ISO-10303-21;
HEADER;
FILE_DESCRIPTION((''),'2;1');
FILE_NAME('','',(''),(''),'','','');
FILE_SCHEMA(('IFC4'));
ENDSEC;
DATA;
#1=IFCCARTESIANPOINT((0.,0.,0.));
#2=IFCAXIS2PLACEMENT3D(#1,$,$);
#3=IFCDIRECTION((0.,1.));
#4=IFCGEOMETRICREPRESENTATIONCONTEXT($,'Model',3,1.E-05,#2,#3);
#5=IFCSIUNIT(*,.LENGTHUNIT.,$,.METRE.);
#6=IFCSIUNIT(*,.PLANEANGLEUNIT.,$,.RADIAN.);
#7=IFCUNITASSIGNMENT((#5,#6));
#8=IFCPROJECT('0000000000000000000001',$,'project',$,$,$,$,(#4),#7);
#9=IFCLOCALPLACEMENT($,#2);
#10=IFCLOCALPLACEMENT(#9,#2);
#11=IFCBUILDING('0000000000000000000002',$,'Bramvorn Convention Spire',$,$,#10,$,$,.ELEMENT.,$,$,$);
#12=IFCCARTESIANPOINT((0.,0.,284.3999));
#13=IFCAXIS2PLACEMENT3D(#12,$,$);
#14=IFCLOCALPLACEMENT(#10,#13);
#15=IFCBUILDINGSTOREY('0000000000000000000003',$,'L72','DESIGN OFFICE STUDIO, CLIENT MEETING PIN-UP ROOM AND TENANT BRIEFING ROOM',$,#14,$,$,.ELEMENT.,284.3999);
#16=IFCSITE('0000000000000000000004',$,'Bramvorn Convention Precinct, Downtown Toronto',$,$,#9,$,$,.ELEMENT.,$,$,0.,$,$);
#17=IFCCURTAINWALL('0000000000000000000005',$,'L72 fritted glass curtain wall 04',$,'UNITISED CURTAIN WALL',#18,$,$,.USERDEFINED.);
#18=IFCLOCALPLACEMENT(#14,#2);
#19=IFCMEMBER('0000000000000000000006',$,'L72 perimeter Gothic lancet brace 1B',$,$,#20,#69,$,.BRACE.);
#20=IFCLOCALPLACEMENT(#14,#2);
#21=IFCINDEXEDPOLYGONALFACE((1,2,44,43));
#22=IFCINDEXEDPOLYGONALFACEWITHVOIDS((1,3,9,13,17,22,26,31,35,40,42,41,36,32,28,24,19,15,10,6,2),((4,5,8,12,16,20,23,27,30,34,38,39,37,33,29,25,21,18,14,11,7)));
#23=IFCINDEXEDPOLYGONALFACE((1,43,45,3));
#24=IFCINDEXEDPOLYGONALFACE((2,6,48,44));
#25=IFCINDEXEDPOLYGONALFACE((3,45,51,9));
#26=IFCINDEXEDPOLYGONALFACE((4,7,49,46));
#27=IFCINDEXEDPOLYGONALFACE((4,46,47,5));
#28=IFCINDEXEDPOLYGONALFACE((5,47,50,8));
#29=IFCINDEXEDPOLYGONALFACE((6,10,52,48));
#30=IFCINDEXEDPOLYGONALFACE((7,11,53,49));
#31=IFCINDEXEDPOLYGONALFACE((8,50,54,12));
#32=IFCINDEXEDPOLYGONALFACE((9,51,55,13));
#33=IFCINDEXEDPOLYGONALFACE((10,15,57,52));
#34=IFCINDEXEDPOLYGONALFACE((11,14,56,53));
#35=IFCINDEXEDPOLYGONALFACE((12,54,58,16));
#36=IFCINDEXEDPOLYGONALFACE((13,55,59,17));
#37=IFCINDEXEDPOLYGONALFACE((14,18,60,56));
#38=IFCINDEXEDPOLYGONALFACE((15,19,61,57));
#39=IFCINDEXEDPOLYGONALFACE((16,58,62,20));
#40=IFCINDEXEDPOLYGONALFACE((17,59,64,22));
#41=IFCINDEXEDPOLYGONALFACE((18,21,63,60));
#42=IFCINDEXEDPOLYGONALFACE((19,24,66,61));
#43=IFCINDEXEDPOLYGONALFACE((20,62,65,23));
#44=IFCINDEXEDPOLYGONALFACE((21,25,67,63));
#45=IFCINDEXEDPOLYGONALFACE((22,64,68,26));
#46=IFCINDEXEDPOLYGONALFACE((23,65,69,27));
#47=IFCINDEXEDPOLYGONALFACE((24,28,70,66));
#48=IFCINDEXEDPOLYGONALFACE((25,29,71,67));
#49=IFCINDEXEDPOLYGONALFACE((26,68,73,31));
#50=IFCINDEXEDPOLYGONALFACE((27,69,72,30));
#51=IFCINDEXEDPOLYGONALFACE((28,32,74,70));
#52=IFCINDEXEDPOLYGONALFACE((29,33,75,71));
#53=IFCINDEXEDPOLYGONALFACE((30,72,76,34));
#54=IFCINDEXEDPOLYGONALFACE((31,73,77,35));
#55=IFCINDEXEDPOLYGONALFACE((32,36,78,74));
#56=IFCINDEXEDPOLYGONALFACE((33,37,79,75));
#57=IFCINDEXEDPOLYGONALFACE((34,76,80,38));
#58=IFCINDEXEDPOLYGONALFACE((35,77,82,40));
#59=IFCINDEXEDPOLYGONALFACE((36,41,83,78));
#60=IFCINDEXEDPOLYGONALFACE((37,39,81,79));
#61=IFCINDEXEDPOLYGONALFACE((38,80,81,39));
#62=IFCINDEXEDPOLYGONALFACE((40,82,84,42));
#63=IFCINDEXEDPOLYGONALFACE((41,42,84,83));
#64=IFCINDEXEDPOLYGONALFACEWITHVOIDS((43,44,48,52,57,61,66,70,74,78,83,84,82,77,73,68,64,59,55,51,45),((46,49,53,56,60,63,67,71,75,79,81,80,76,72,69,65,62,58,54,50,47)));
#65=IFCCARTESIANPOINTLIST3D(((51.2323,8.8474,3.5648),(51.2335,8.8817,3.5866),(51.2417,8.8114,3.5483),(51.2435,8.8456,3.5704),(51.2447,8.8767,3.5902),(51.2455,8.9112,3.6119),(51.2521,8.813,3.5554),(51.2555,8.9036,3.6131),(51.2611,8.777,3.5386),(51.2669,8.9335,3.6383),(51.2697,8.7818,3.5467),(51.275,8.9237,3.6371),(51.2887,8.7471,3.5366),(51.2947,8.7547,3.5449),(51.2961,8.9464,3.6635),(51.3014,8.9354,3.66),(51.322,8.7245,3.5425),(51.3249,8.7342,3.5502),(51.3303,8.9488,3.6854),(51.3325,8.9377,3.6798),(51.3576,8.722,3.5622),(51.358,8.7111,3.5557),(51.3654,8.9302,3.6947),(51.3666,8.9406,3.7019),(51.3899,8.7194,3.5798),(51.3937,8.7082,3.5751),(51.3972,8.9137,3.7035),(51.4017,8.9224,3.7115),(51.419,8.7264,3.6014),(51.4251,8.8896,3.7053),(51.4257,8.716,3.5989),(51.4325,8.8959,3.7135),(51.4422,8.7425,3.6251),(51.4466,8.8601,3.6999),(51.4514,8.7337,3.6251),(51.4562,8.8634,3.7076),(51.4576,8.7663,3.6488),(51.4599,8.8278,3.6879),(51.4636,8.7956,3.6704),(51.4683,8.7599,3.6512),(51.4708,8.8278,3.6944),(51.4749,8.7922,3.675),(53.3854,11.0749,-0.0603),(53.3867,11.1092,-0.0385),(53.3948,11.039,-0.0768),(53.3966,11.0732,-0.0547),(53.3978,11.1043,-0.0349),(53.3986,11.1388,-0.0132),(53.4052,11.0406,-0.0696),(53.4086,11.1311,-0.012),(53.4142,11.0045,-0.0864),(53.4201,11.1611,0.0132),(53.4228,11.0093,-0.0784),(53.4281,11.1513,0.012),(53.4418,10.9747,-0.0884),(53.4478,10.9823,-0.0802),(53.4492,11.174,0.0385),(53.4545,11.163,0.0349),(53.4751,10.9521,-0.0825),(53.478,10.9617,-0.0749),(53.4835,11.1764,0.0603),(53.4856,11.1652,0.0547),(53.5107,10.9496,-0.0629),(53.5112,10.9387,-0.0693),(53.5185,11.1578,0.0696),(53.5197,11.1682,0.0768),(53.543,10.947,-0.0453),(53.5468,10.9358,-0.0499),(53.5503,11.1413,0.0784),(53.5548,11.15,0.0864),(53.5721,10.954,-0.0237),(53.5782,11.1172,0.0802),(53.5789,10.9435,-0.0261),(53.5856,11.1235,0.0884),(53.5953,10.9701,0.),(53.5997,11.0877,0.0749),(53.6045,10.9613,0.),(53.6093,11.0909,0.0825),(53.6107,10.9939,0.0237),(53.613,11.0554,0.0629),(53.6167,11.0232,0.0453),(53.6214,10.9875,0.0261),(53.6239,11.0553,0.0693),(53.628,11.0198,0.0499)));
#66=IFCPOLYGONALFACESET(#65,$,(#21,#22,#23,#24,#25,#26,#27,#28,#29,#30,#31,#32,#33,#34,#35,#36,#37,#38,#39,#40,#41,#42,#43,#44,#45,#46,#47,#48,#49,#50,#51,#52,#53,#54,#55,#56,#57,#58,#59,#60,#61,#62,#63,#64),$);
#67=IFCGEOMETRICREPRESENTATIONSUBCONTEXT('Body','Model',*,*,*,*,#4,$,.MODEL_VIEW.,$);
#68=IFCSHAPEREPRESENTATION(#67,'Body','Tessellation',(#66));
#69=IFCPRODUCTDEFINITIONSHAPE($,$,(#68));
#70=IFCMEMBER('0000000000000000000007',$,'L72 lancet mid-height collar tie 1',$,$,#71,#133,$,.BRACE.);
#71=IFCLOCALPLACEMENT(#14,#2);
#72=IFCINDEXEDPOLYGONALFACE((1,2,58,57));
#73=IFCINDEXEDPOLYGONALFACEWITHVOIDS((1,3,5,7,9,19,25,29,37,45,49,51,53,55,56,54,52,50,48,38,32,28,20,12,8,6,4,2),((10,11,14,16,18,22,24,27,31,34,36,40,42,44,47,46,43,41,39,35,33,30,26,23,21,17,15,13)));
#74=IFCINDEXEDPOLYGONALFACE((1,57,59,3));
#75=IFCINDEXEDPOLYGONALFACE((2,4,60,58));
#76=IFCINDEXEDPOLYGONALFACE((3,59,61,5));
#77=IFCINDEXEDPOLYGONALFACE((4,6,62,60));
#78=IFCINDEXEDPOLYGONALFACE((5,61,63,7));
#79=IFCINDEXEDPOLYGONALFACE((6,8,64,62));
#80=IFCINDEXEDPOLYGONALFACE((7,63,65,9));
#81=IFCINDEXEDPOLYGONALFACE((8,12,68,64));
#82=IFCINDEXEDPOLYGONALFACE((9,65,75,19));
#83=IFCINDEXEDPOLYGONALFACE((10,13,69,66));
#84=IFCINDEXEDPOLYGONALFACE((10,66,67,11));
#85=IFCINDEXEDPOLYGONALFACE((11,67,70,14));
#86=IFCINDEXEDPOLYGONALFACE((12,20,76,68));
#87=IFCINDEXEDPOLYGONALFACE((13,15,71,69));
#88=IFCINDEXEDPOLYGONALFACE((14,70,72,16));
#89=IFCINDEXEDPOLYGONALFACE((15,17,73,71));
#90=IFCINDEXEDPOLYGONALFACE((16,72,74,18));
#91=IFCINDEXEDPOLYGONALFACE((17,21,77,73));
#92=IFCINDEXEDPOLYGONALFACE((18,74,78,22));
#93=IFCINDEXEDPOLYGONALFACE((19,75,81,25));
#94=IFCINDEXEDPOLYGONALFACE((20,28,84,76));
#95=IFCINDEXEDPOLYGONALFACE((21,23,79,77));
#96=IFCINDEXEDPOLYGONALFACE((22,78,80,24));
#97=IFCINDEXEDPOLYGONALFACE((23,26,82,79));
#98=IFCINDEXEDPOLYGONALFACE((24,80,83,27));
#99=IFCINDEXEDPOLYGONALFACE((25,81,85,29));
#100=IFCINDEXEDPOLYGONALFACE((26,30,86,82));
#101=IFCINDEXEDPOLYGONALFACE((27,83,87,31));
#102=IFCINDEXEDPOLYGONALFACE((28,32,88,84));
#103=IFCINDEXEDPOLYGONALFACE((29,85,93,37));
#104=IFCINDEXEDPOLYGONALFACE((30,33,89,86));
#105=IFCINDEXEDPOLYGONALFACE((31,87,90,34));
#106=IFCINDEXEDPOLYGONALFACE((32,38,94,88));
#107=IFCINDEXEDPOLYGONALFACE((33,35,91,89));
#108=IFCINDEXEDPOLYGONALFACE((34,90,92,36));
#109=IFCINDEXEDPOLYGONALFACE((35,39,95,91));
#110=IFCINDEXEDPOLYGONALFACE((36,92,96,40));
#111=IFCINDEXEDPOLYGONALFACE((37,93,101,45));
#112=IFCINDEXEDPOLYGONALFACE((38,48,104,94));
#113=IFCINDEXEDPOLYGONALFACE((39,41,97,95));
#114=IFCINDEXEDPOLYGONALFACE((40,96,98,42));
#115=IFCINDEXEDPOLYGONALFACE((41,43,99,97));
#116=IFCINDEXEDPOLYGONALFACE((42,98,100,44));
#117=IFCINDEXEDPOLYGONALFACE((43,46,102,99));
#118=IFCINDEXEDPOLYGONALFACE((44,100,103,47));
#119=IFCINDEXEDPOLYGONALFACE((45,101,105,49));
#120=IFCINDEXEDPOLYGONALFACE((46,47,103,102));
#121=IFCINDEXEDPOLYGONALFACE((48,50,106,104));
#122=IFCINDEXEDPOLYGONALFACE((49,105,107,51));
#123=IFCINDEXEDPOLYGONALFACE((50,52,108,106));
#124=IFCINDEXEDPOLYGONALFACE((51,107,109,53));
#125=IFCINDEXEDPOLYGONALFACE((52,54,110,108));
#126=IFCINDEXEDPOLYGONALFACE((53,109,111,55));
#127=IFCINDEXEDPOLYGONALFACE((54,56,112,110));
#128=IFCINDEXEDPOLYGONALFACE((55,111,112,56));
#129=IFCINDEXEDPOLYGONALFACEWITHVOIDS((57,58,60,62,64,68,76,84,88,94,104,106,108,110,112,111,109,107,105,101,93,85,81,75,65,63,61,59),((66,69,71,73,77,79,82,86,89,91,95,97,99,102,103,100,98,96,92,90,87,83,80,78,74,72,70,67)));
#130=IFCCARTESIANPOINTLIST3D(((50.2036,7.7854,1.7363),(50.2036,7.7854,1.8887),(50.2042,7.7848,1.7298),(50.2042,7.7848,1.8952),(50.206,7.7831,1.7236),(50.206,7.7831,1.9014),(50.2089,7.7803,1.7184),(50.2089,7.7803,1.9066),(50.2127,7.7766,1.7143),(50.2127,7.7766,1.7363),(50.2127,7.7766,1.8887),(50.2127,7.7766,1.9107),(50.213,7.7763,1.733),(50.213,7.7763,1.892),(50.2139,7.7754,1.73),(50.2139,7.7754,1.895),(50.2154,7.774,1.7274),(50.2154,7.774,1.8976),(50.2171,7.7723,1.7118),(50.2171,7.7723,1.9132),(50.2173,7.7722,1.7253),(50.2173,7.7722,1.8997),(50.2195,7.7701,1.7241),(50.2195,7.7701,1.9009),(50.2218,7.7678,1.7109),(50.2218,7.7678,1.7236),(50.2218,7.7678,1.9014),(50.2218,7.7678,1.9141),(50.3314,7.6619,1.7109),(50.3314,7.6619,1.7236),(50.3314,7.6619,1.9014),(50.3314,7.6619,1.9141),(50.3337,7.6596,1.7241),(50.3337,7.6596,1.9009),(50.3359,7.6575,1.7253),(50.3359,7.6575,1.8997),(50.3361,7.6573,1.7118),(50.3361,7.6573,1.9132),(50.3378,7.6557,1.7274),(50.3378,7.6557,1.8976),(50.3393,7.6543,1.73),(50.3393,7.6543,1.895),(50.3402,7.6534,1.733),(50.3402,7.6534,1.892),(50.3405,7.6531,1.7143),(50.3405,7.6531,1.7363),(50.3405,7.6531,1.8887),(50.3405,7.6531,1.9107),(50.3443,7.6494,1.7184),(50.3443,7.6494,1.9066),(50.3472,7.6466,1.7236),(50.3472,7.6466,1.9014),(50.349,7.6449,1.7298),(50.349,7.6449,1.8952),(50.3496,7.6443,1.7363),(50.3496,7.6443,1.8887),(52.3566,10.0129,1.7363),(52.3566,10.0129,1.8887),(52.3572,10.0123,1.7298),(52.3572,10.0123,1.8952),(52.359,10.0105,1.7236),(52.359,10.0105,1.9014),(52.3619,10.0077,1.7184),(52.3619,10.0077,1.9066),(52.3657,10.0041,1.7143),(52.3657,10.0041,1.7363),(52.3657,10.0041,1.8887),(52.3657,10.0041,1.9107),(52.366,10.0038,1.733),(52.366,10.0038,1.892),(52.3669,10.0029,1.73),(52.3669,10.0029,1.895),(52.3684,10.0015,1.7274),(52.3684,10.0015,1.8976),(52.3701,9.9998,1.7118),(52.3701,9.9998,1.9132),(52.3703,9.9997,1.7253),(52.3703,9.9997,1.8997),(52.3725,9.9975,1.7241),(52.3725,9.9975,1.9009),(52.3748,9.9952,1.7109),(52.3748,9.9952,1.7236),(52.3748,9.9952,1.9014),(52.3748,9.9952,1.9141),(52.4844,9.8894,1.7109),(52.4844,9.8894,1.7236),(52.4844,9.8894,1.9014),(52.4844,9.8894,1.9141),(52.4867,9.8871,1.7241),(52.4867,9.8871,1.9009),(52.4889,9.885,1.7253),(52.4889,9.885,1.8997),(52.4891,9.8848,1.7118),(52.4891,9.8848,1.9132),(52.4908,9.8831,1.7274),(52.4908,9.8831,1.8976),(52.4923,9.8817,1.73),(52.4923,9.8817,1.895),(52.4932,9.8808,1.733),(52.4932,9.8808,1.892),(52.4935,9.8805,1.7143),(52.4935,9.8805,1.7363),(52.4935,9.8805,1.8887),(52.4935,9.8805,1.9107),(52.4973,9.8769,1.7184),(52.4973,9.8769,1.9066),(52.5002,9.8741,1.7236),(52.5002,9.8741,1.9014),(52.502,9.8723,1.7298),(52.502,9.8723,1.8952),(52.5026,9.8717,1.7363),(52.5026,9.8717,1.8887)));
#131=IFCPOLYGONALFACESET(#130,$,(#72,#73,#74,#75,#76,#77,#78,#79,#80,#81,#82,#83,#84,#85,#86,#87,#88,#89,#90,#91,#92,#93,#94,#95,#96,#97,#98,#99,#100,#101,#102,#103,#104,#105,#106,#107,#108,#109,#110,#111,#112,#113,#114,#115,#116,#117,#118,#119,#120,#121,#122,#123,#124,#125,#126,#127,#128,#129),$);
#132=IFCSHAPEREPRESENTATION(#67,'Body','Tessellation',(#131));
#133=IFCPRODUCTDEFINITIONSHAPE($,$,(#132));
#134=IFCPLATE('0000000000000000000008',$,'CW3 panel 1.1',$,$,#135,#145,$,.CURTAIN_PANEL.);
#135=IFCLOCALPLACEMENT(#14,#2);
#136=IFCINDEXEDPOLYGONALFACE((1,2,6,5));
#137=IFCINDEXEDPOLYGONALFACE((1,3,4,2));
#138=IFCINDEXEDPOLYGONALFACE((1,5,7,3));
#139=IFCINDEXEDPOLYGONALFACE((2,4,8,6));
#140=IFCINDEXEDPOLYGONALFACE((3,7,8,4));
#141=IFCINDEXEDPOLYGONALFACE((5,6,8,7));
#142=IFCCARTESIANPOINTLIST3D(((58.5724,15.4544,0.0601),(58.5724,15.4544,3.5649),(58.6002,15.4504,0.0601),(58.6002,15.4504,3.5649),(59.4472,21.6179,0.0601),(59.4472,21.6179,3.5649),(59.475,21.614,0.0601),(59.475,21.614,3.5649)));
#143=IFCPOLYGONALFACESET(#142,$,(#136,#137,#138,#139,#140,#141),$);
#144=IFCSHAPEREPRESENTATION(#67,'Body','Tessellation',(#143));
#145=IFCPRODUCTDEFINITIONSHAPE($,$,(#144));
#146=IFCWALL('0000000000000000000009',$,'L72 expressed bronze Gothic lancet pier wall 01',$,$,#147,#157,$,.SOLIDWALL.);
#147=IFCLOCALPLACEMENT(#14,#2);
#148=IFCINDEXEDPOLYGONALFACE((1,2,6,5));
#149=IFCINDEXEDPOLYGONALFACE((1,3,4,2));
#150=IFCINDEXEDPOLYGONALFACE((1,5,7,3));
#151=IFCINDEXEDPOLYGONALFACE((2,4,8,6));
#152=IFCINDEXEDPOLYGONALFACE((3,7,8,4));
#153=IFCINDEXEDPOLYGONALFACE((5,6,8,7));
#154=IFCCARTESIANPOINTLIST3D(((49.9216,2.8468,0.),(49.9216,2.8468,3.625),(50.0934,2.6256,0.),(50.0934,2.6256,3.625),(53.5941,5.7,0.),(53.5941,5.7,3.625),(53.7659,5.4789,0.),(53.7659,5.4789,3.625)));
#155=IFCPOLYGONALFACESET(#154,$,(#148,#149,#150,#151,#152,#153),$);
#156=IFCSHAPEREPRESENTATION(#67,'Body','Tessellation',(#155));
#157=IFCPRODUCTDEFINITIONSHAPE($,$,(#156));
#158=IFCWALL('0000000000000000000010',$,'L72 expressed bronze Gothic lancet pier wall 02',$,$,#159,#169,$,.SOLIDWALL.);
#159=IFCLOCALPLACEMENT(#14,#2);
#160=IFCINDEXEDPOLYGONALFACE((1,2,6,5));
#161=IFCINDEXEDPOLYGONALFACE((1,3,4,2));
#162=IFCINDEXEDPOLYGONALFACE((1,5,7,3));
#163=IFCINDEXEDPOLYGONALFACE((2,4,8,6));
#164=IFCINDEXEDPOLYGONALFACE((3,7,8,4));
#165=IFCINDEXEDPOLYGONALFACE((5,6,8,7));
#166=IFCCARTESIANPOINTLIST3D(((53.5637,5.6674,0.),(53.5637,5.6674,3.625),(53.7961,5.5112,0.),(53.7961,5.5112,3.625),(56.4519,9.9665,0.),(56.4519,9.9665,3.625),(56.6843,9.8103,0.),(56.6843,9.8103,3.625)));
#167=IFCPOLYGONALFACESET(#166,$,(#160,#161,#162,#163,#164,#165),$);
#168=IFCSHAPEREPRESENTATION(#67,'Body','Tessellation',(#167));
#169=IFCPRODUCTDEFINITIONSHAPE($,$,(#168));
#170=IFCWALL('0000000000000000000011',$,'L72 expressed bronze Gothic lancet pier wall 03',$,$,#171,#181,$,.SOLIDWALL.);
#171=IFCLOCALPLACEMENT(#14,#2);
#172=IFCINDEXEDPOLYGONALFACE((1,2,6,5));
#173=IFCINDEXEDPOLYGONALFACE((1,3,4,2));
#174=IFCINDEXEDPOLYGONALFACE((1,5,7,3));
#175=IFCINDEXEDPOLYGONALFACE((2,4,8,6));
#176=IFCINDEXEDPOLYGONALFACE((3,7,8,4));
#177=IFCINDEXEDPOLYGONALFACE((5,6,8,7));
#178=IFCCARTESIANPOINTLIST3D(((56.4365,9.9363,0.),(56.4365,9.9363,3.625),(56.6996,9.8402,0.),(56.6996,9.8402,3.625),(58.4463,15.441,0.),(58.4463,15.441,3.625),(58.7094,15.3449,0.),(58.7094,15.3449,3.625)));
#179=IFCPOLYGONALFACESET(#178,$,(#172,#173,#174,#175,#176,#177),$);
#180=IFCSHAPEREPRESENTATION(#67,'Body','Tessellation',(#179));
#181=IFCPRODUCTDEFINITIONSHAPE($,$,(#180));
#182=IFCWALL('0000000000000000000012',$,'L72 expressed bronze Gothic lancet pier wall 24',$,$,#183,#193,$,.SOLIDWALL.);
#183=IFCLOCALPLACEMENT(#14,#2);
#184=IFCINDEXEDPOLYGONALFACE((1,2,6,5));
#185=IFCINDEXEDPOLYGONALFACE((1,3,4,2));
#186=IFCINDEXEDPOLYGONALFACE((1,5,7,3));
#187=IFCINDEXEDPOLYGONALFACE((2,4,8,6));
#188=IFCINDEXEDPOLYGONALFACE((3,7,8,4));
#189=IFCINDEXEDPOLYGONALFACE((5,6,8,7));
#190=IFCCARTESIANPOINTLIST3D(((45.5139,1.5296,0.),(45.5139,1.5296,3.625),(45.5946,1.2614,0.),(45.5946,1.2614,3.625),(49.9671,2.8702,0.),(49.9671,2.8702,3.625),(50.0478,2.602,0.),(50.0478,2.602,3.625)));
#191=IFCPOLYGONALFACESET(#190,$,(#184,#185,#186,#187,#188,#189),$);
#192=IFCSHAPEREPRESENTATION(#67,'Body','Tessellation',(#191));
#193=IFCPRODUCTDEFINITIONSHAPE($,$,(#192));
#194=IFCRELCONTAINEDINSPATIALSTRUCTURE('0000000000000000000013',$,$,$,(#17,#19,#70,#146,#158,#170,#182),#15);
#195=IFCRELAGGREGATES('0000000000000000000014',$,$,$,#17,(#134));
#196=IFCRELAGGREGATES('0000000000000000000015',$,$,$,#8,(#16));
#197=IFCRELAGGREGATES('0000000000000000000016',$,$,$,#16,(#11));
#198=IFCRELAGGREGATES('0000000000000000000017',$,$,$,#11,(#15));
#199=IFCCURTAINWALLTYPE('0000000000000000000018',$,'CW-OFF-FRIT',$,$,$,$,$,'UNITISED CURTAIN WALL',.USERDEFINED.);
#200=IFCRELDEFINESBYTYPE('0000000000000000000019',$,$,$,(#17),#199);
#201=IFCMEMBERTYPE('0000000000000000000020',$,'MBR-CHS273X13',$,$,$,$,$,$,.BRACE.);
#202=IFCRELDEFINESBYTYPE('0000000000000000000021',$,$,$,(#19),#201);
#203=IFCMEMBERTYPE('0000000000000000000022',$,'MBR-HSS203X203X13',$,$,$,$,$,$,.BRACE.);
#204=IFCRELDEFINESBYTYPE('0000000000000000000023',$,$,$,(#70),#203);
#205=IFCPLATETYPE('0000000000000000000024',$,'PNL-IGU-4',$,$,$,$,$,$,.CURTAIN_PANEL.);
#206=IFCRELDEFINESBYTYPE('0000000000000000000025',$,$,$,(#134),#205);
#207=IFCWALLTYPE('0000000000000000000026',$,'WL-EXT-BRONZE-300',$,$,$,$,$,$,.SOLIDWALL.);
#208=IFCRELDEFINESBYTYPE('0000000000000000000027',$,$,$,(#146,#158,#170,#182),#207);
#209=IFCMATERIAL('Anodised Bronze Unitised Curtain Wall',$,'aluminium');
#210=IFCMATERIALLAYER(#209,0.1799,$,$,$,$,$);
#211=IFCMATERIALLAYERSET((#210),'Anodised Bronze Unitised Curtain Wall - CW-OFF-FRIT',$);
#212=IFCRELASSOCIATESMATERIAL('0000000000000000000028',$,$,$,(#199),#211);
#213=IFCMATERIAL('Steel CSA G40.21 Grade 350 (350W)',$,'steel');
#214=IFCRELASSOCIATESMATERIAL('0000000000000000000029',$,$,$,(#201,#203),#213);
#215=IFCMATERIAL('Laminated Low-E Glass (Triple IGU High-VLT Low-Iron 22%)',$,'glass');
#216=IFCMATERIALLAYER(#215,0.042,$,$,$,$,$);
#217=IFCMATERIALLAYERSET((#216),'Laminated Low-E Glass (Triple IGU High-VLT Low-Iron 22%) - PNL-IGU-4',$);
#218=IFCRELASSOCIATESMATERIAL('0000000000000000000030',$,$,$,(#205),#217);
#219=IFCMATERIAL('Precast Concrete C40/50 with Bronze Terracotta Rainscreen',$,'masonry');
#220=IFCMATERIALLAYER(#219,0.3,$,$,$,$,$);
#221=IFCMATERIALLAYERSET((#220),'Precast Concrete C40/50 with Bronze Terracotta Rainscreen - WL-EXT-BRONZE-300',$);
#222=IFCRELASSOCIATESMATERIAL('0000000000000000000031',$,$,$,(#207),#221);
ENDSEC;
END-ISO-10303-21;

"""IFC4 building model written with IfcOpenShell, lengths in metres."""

from ifc_helpers import new_model, si_unit, direction, frame, frame_2d, origin, origin_2d, place, context, subcontext, project, spatial, rectangle, hollow_rectangle, hollow_circle, extrude, material, layer, layer_set, material_profile, profile_set, type_object, element, aggregate, save


model = new_model("IFC4")

# Units and contexts
model_context = context("Model", 3, precision=1e-05, world=origin(), true_north=direction((0.0, 1.0)))
body_context = subcontext(model_context, "Body", "Model", "MODEL_VIEW")
ifc_project = project(units=[si_unit("LENGTHUNIT", "METRE"), si_unit("PLANEANGLEUNIT", "RADIAN")], contexts=[model_context])

# Site, building, storey
site_placement = place(None, origin())
site = spatial("IfcSite", under=ifc_project, at=site_placement, Name="Bramvorn Convention Precinct, Downtown Toronto", CompositionType="ELEMENT", RefElevation=0.0)
building_placement = place(site_placement, origin())
building = spatial("IfcBuilding", under=site, at=building_placement, Name="Bramvorn Convention Spire", CompositionType="ELEMENT")
storey_placement = place(building_placement, frame((0.0, 0.0, 284.3999)))
storey = spatial("IfcBuildingStorey", under=building, at=storey_placement, Name="L72", Description="DESIGN OFFICE STUDIO, CLIENT MEETING PIN-UP ROOM AND TENANT BRIEFING ROOM", CompositionType="ELEMENT", Elevation=284.3999)

# Shared definitions
ifc_material_1 = material(Name="Steel CSA G40.21 Grade 350 (350W)", Category="steel")

# Curtain wall
ifc_material_2 = material(Name="Anodised Bronze Unitised Curtain Wall", Category="aluminium")
ifc_layer_1 = layer(ifc_material_2, 0.1799)
ifc_layer_set_1 = layer_set([ifc_layer_1], Name="Anodised Bronze Unitised Curtain Wall - CW-OFF-FRIT")
curtain_wall_type = type_object("IfcCurtainWallType", Name="CW-OFF-FRIT", ElementType="UNITISED CURTAIN WALL", PredefinedType="USERDEFINED", material=ifc_layer_set_1)
curtain_wall_1_placement = place(storey_placement, origin())
curtain_wall_1 = element("IfcCurtainWall", 1, at=curtain_wall_1_placement, inside=storey, type_object=curtain_wall_type, Name="L72 fritted glass curtain wall 04", ObjectType="UNITISED CURTAIN WALL", PredefinedType="USERDEFINED")

# Members
ifc_material_profile_1 = material_profile(ifc_material_1, hollow_circle(Radius=0.1365, WallThickness=0.0127, at=origin_2d()))
ifc_profile_set_1 = profile_set([ifc_material_profile_1], Name="Steel CSA G40.21 Grade 350 (350W) - CHS273X13")
member_type_1 = type_object("IfcMemberType", Name="MBR-CHS273X13", PredefinedType="BRACE", material=ifc_profile_set_1)
for number, where, z_axis, x_axis, name in (
    (2, (53.5063, 11.0562, 0.0), (-0.451524, -0.467139, 0.760202), (0.719023, -0.694987, 0.0), "L72 perimeter Gothic lancet brace 1B"),
):
    element("IfcMember", number, at=place(storey_placement, frame(where, z_axis=z_axis, x_axis=x_axis)), inside=storey, type_object=member_type_1, Name=name, PredefinedType="BRACE", context=body_context, shape_type="SweptSolid", body=[
        extrude(hollow_circle(Radius=0.1365, WallThickness=0.0127, at=origin_2d()), origin(), (0.0, 0.0, 1.0), 4.7686),
    ])
ifc_material_profile_2 = material_profile(ifc_material_1, hollow_rectangle(XDim=0.2031, YDim=0.2031, WallThickness=0.0127, InnerFilletRadius=0.0127, OuterFilletRadius=0.0254, at=origin_2d()))
ifc_profile_set_2 = profile_set([ifc_material_profile_2], Name="Steel CSA G40.21 Grade 350 (350W) - HSS203X203X13")
member_type_2 = type_object("IfcMemberType", Name="MBR-HSS203X203X13", PredefinedType="BRACE", material=ifc_profile_set_2)
member_1_placement = place(storey_placement, frame((50.2766, 7.7148, 1.8125), z_axis=(0.694987, 0.719023, 0.0), x_axis=(-0.719023, 0.694987, 0.0)))
element("IfcMember", 3, at=member_1_placement, inside=storey, type_object=member_type_2, Name="L72 lancet mid-height collar tie 1", PredefinedType="BRACE", context=body_context, shape_type="SweptSolid", body=[
    extrude(hollow_rectangle(XDim=0.2031, YDim=0.2031, WallThickness=0.0127, InnerFilletRadius=0.0127, OuterFilletRadius=0.0254, at=origin_2d()), origin(), (0.0, 0.0, 1.0), 3.0979),
])

# Plate
ifc_material_3 = material(Name="Laminated Low-E Glass (Triple IGU High-VLT Low-Iron 22%)", Category="glass")
ifc_layer_2 = layer(ifc_material_3, 0.042)
ifc_layer_set_2 = layer_set([ifc_layer_2], Name="Laminated Low-E Glass (Triple IGU High-VLT Low-Iron 22%) - PNL-IGU-4")
plate_type = type_object("IfcPlateType", Name="PNL-IGU-4", PredefinedType="CURTAIN_PANEL", material=ifc_layer_set_2)
plate_placement = place(storey_placement, frame((59.0237, 18.5342, 0.0601), z_axis=(0.0, 0.0, 1.0), x_axis=(-0.14053, -0.990076, 0.0)))
plate = element("IfcPlate", 4, at=plate_placement, type_object=plate_type, Name="CW3 panel 1.1", PredefinedType="CURTAIN_PANEL", context=body_context, shape_type="SweptSolid", body=[
    extrude(rectangle(XDim=6.2253, YDim=0.0281, at=origin_2d()), origin(), (0.0, 0.0, 1.0), 3.5049),
])
aggregate(curtain_wall_1, [plate])

# Walls
ifc_material_4 = material(Name="Precast Concrete C40/50 with Bronze Terracotta Rainscreen", Category="masonry")
ifc_layer_3 = layer(ifc_material_4, 0.3)
ifc_layer_set_3 = layer_set([ifc_layer_3], Name="Precast Concrete C40/50 with Bronze Terracotta Rainscreen - WL-EXT-BRONZE-300")
wall_type_1 = type_object("IfcWallType", Name="WL-EXT-BRONZE-300", PredefinedType="SOLIDWALL", material=ifc_layer_set_3)
wall_1_placement = place(storey_placement, frame((53.6799, 5.5894, 0.0), z_axis=(0.0, 0.0, 1.0), x_axis=(-0.789686, -0.613512, 0.0)))
element("IfcWall", 5, at=wall_1_placement, inside=storey, type_object=wall_type_1, Name="L72 expressed bronze Gothic lancet pier wall 01", PredefinedType="SOLIDWALL", context=body_context, shape_type="SweptSolid", body=[
    extrude(rectangle(XDim=4.6506, YDim=0.28, at=frame_2d((2.3252, 0.0))), origin(), (0.0, 0.0, 1.0), 3.625),
])
wall_2_placement = place(storey_placement, frame((56.5681, 9.8884, 0.0), z_axis=(0.0, 0.0, 1.0), x_axis=(-0.557656, -0.830072, 0.0)))
element("IfcWall", 6, at=wall_2_placement, inside=storey, type_object=wall_type_1, Name="L72 expressed bronze Gothic lancet pier wall 02", PredefinedType="SOLIDWALL", context=body_context, shape_type="SweptSolid", body=[
    extrude(rectangle(XDim=5.1792, YDim=0.28, at=frame_2d((2.5896, 0.0))), origin(), (0.0, 0.0, 1.0), 3.625),
])
wall_3_placement = place(storey_placement, frame((58.5779, 15.3931, 0.0), z_axis=(0.0, 0.0, 1.0), x_axis=(-0.34296, -0.93935, 0.0)))
element("IfcWall", 7, at=wall_3_placement, inside=storey, type_object=wall_type_1, Name="L72 expressed bronze Gothic lancet pier wall 03", PredefinedType="SOLIDWALL", context=body_context, shape_type="SweptSolid", body=[
    extrude(rectangle(XDim=5.8601, YDim=0.28, at=frame_2d((2.9302, 0.0))), origin(), (0.0, 0.0, 1.0), 3.625),
])
wall_4_placement = place(storey_placement, frame((50.0073, 2.7361, 0.0), z_axis=(0.0, 0.0, 1.0), x_axis=(-0.957551, -0.288263, 0.0)))
element("IfcWall", 8, at=wall_4_placement, inside=storey, type_object=wall_type_1, Name="L72 expressed bronze Gothic lancet pier wall 24", PredefinedType="SOLIDWALL", context=body_context, shape_type="SweptSolid", body=[
    extrude(rectangle(XDim=4.6506, YDim=0.28, at=frame_2d((2.3252, 0.0))), origin(), (0.0, 0.0, 1.0), 3.625),
])

save(model, "model.ifc")
